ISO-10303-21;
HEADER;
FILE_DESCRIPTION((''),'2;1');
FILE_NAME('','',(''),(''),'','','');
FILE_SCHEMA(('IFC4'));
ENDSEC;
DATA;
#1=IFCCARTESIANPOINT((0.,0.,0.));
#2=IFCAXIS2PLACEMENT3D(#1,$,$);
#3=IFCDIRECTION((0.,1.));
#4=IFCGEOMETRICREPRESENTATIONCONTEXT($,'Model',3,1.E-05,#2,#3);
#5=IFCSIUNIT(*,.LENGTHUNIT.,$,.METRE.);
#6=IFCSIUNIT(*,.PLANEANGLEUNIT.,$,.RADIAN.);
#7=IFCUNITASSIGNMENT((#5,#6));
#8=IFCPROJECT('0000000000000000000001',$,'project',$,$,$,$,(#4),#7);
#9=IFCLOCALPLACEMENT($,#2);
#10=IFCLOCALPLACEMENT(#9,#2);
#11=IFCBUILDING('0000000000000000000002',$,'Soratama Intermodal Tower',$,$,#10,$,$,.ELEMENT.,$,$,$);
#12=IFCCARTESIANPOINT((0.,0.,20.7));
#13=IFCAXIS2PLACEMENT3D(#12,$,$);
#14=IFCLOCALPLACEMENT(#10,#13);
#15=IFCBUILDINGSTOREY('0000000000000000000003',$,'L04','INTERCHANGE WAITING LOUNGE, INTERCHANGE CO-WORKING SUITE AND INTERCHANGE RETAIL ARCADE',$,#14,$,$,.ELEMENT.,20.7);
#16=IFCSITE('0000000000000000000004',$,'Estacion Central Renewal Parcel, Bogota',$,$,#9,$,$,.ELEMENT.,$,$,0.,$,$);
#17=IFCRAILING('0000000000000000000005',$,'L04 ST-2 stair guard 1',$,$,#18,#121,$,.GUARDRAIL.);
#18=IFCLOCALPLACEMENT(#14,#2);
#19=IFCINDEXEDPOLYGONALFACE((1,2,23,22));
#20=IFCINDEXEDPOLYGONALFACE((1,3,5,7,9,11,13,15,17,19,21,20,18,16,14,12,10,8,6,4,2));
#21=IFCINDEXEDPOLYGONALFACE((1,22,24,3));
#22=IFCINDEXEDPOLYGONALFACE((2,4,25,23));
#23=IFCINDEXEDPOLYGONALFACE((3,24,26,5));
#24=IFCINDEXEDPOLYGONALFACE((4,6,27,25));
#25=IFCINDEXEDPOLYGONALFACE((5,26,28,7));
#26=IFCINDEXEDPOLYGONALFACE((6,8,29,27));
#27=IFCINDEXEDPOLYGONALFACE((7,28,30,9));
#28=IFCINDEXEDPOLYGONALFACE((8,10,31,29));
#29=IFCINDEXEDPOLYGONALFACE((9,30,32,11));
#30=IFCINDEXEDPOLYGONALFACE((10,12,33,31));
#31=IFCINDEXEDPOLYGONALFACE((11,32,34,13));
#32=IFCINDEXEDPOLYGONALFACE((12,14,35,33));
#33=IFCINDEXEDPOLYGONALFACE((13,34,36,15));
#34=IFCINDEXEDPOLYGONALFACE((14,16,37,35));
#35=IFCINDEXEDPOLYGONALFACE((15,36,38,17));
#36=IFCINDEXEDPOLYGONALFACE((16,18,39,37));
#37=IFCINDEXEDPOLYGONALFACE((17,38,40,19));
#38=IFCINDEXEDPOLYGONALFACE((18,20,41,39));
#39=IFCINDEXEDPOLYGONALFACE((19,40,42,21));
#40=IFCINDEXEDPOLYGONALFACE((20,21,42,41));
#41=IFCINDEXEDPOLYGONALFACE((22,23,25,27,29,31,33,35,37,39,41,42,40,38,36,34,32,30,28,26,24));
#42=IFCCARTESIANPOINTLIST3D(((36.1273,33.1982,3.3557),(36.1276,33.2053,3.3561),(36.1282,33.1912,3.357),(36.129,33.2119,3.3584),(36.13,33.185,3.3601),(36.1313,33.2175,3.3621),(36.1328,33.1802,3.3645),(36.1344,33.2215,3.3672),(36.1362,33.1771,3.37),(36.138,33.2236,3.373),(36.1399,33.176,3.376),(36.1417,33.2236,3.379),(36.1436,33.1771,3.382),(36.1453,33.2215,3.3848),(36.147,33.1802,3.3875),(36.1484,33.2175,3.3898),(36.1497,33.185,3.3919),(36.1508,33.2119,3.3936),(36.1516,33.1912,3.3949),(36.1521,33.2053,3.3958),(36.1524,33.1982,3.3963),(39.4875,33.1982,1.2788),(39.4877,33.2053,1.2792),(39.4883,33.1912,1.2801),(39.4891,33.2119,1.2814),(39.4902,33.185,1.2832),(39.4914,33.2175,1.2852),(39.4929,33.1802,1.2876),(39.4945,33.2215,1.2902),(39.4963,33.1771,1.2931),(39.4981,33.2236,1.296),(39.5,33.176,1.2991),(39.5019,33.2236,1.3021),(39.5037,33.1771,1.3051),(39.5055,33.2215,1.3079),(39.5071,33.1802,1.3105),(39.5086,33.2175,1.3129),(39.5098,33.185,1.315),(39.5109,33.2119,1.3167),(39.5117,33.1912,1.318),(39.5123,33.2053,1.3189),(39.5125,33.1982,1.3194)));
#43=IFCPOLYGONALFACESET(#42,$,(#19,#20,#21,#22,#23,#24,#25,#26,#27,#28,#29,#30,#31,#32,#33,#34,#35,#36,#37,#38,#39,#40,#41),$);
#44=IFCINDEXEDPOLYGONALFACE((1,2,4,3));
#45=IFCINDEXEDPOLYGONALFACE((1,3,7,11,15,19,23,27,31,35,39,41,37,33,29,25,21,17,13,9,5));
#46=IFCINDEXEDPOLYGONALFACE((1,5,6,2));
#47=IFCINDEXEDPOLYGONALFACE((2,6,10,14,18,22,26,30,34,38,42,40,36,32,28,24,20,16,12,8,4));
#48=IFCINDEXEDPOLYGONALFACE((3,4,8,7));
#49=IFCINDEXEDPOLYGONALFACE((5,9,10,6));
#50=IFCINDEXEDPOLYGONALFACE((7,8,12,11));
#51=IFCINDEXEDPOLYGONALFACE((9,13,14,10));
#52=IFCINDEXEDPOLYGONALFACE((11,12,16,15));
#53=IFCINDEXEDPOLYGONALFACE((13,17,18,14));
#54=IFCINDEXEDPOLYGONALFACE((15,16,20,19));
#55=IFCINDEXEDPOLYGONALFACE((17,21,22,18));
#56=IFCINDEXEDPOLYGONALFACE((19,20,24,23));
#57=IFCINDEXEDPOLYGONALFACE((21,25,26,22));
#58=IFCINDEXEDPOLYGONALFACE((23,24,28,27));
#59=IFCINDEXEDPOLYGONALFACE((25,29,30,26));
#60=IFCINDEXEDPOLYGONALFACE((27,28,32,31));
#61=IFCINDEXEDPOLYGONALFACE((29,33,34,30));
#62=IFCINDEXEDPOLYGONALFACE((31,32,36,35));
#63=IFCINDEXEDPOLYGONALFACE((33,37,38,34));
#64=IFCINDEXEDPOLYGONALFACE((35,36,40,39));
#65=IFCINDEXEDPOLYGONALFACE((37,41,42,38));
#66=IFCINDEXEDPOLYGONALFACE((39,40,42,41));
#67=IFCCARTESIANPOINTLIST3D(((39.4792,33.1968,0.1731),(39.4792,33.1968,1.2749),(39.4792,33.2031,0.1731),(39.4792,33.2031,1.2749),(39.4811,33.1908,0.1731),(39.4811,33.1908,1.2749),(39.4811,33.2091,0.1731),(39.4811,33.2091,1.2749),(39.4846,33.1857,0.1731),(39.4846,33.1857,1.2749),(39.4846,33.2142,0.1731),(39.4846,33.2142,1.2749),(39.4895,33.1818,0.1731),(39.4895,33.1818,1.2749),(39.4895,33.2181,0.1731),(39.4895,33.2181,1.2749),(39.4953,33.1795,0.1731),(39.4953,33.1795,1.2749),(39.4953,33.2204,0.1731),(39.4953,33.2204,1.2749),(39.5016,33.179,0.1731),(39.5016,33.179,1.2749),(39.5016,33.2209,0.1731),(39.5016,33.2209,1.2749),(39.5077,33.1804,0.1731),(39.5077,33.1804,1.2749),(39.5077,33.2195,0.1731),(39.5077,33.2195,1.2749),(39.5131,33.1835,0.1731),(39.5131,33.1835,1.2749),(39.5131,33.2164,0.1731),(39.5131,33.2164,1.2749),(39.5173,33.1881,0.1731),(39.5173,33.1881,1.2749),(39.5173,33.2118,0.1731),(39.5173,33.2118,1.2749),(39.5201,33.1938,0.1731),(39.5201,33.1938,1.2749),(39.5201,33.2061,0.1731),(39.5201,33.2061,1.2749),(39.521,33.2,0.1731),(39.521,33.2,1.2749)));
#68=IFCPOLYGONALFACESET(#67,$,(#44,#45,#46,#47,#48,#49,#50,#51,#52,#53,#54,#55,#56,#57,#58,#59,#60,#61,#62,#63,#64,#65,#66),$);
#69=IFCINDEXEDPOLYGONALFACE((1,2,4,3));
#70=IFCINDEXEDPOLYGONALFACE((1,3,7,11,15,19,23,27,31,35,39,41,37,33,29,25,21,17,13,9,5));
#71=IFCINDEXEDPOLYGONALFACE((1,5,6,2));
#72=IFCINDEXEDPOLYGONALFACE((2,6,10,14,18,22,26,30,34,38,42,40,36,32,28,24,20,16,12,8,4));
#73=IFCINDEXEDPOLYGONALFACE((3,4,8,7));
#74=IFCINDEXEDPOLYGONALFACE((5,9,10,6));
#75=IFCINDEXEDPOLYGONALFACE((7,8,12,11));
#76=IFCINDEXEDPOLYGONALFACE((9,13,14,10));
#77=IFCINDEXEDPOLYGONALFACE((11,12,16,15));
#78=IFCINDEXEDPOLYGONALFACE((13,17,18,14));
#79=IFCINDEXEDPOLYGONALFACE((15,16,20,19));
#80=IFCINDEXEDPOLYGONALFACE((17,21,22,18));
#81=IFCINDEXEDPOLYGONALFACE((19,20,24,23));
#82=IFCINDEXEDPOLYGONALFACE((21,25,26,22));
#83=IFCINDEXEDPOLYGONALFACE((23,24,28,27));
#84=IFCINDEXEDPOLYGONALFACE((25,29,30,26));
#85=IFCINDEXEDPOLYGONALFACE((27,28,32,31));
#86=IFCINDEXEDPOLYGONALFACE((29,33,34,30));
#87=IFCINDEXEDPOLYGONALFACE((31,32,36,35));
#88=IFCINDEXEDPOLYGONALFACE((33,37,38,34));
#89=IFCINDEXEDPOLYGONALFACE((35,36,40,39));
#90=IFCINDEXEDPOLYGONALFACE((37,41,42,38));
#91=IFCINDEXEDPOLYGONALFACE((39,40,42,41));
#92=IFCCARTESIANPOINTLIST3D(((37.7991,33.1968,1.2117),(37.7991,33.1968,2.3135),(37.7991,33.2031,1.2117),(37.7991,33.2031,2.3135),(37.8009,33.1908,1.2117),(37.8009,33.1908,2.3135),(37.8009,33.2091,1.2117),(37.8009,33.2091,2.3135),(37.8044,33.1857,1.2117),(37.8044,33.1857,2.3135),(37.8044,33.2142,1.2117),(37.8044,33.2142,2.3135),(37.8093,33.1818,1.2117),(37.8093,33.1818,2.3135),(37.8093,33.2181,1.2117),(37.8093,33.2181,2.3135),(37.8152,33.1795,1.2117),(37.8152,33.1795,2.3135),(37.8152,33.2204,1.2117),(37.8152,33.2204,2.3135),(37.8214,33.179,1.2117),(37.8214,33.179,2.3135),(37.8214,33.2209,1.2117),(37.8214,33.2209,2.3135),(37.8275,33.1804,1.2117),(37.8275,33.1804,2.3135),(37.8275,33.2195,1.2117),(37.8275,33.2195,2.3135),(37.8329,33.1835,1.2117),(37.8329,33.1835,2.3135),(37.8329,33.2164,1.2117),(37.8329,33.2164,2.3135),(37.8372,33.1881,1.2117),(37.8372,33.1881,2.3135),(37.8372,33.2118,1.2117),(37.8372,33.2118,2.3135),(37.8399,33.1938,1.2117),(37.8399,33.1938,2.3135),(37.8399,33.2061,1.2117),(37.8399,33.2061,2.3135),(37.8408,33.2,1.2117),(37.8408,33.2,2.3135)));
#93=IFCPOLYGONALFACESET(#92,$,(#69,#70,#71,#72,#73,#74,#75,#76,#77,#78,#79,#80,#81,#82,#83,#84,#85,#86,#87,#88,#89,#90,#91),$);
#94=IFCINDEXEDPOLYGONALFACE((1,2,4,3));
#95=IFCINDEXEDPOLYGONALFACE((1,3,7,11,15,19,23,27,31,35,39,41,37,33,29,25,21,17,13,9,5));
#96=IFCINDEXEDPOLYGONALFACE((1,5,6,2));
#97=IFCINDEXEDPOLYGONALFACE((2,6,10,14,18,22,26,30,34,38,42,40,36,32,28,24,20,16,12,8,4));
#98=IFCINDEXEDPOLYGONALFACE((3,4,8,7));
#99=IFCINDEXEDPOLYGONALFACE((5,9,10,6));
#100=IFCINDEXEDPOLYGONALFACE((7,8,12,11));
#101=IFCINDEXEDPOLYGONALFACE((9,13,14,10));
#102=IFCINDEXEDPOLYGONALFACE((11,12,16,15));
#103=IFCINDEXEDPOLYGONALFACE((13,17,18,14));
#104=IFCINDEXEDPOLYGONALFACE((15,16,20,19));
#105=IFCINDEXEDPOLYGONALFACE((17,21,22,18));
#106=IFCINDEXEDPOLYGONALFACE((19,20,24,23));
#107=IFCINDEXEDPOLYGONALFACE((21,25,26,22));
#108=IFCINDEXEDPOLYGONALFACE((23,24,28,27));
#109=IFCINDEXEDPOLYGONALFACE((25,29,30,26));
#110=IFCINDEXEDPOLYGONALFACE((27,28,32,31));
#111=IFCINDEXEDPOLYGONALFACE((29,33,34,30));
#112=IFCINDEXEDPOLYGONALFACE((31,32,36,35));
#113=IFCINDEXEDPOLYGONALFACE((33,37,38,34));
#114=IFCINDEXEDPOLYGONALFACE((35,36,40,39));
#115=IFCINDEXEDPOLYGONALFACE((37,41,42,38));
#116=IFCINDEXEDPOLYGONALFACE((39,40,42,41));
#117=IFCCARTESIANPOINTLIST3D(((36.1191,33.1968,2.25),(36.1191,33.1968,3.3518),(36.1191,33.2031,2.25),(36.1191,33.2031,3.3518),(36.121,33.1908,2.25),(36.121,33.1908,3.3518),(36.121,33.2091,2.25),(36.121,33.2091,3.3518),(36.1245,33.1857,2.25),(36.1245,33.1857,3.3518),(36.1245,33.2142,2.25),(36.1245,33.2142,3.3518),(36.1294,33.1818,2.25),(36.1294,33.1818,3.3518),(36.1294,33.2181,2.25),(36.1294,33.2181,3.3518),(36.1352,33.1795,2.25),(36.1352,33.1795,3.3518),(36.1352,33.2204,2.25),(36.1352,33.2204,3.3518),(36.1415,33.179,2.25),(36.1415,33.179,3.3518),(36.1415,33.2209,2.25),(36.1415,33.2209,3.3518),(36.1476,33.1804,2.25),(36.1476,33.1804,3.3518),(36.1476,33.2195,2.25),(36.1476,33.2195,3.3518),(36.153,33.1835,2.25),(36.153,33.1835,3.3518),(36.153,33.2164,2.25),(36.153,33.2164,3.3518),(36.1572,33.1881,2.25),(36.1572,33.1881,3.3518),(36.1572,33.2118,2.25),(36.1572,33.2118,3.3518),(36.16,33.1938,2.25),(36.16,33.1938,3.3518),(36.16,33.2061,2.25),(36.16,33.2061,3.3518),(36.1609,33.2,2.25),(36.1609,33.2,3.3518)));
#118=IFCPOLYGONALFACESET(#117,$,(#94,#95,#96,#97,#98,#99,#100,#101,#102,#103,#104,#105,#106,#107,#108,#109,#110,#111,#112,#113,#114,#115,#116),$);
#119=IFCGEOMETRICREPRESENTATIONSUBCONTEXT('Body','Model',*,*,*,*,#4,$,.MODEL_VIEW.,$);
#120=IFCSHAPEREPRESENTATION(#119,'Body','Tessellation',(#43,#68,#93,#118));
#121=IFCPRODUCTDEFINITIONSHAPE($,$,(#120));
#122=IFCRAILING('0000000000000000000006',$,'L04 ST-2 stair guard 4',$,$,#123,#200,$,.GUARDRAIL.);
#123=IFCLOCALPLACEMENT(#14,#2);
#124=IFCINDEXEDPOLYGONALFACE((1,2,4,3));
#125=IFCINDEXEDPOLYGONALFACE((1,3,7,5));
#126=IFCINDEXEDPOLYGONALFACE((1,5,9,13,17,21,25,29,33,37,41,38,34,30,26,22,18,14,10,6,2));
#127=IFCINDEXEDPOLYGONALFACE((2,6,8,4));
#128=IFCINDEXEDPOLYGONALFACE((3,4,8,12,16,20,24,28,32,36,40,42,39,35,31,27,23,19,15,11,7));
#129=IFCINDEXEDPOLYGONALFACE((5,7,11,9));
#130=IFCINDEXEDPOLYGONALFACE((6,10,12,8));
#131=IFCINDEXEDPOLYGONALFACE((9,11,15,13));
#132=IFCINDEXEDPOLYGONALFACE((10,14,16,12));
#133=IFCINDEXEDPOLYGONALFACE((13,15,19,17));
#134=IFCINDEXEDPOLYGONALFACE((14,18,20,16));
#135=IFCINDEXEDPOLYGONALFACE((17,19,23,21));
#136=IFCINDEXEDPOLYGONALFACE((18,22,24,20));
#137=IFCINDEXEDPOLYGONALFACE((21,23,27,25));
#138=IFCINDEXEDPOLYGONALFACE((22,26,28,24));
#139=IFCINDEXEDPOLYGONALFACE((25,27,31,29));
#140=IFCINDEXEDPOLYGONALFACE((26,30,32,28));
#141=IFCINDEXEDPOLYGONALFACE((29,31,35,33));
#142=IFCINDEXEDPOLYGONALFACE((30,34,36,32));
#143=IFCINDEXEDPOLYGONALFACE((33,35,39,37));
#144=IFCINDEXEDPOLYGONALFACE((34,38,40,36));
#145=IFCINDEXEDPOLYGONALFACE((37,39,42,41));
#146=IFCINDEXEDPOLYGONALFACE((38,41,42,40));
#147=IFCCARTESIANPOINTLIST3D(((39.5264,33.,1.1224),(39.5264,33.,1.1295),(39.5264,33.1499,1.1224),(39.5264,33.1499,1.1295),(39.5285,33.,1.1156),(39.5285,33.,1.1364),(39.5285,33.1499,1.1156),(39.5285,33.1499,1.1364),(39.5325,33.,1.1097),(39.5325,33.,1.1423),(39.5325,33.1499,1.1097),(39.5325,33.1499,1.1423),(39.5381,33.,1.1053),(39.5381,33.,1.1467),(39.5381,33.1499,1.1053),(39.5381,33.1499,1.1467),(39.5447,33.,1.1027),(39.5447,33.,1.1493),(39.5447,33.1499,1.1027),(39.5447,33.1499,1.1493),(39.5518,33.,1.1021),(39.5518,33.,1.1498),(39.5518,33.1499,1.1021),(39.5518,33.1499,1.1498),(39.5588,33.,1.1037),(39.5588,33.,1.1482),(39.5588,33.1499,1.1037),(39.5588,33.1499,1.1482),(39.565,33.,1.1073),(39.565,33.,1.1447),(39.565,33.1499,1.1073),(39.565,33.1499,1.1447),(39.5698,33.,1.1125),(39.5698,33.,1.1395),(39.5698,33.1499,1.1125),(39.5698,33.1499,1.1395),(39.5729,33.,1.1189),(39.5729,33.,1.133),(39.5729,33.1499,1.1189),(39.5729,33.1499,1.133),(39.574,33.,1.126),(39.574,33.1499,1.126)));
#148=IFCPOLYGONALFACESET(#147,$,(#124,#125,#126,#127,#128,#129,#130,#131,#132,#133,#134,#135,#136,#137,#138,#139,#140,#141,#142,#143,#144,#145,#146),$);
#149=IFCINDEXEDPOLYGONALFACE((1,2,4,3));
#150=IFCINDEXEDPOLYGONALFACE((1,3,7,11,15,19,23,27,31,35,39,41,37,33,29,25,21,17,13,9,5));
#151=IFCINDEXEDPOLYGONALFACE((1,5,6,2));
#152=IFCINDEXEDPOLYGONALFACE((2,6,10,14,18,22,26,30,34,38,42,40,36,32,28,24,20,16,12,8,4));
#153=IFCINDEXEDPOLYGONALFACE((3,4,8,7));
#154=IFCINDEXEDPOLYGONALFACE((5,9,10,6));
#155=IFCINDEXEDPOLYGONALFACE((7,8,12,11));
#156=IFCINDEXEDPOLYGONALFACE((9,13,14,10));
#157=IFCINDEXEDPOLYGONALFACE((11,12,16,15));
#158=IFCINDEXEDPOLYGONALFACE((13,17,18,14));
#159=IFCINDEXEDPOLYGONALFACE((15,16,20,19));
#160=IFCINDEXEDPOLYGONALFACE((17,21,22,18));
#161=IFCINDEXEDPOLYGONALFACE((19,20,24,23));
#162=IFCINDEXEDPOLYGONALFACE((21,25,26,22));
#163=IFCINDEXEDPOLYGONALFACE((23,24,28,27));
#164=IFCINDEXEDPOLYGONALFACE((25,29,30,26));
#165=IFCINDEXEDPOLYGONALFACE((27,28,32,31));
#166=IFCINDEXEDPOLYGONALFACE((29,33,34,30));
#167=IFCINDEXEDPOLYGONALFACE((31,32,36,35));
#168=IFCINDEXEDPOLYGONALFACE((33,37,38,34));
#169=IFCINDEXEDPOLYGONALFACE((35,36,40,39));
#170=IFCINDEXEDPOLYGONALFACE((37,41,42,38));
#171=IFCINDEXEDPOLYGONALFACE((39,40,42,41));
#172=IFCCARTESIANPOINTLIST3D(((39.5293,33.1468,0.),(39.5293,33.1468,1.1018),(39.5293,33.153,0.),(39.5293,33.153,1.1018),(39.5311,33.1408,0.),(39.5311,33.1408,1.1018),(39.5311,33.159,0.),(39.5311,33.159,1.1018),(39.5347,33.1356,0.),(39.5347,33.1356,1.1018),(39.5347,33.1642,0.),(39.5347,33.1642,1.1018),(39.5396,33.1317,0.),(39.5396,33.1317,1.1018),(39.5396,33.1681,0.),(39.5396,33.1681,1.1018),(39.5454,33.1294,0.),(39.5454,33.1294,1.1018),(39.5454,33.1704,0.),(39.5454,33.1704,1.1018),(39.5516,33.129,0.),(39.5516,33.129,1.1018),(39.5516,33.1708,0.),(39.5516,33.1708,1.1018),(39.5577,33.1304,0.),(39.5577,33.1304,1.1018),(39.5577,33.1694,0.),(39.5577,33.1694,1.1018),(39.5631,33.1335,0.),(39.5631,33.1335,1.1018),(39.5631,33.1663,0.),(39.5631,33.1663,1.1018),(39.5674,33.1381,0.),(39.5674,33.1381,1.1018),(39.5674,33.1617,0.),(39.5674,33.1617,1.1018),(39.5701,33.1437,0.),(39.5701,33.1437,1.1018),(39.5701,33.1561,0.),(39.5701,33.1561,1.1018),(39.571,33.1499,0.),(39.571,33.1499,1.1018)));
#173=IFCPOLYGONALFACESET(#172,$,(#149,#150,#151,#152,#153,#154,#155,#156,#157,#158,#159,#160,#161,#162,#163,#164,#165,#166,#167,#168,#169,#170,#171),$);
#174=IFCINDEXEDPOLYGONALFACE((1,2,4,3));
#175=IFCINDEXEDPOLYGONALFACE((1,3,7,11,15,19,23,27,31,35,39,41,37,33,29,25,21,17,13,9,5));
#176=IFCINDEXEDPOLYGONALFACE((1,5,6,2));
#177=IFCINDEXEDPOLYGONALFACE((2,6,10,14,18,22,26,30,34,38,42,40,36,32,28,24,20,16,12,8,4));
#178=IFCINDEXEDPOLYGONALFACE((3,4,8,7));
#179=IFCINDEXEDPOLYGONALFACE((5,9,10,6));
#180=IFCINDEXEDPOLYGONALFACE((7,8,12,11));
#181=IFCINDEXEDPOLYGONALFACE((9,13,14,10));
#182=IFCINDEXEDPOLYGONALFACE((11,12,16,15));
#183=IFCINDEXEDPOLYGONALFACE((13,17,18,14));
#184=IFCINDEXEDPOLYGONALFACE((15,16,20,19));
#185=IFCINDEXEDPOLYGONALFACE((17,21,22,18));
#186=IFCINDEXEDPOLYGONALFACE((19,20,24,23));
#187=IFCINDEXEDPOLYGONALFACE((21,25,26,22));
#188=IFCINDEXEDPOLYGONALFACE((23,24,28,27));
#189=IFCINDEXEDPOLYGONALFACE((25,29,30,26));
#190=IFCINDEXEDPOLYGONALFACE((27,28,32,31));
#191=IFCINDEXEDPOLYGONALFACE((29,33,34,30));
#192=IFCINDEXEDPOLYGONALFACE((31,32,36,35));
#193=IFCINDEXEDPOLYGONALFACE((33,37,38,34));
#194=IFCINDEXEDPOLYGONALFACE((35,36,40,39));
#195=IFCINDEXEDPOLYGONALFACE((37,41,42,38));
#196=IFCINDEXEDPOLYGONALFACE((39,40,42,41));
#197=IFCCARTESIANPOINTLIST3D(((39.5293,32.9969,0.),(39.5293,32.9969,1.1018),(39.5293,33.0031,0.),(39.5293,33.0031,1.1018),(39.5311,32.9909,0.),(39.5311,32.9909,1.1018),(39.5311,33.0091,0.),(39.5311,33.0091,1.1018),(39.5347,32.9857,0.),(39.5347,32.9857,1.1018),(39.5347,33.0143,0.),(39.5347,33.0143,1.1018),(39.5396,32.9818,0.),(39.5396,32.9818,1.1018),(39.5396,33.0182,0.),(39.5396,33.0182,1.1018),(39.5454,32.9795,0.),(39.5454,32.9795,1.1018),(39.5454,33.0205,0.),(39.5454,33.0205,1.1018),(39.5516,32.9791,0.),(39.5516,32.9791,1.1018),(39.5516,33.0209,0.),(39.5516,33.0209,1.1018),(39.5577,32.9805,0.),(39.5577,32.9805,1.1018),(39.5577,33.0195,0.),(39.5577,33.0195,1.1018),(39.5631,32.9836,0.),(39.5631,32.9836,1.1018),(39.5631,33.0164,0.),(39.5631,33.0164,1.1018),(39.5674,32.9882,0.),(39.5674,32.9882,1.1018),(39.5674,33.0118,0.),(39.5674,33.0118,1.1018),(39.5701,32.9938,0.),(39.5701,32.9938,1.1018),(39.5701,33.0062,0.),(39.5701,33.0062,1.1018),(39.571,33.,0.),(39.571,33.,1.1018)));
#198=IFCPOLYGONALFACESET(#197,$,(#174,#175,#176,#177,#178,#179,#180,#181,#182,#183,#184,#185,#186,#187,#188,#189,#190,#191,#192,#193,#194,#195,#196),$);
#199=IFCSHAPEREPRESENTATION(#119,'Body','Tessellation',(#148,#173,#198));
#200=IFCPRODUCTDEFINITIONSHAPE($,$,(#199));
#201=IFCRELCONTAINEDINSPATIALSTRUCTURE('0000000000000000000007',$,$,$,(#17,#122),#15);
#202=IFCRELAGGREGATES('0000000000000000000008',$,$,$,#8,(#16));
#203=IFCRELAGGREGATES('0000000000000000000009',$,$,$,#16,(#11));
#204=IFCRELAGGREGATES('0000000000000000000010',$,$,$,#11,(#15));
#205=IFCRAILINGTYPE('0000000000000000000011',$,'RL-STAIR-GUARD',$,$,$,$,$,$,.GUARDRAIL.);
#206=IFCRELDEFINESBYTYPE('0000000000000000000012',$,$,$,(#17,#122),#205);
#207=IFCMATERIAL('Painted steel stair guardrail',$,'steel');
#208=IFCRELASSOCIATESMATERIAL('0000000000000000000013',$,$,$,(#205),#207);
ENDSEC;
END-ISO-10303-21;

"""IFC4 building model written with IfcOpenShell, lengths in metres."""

from ifc_helpers import new_model, si_unit, direction, frame, origin, origin_2d, place, context, subcontext, project, spatial, circle, extrude, material, type_object, element, save


model = new_model("IFC4")

# Units and contexts
model_context = context("Model", 3, precision=1e-05, world=origin(), true_north=direction((0.0, 1.0)))
body_context = subcontext(model_context, "Body", "Model", "MODEL_VIEW")
ifc_project = project(units=[si_unit("LENGTHUNIT", "METRE"), si_unit("PLANEANGLEUNIT", "RADIAN")], contexts=[model_context])

# Site, building, storey
site_placement = place(None, origin())
site = spatial("IfcSite", under=ifc_project, at=site_placement, Name="Estacion Central Renewal Parcel, Bogota", CompositionType="ELEMENT", RefElevation=0.0)
building_placement = place(site_placement, origin())
building = spatial("IfcBuilding", under=site, at=building_placement, Name="Soratama Intermodal Tower", CompositionType="ELEMENT")
storey_placement = place(building_placement, frame((0.0, 0.0, 20.7)))
storey = spatial("IfcBuildingStorey", under=building, at=storey_placement, Name="L04", Description="INTERCHANGE WAITING LOUNGE, INTERCHANGE CO-WORKING SUITE AND INTERCHANGE RETAIL ARCADE", CompositionType="ELEMENT", Elevation=20.7)

# Railings
ifc_material_1 = material(Name="Painted steel stair guardrail", Category="steel")
railing_type_1 = type_object("IfcRailingType", Name="RL-STAIR-GUARD", PredefinedType="GUARDRAIL", material=ifc_material_1)
railing_1_placement = place(storey_placement, frame((39.5, 33.2, 0.1731)))
element("IfcRailing", 1, at=railing_1_placement, inside=storey, type_object=railing_type_1, Name="L04 ST-2 stair guard 1", PredefinedType="GUARDRAIL", context=body_context, shape_type="SweptSolid", body=[
    extrude(circle(Radius=0.0239, at=origin_2d()), frame((0.0, 0.0, 1.126), z_axis=(-0.850623, 0.0, 0.525776), x_axis=(0.0, -1.0, 0.0)), (0.0, 0.0, 1.0), 3.9502),
    extrude(circle(Radius=0.021, at=origin_2d()), origin(), (0.0, 0.0, 1.0), 1.1018),
    extrude(circle(Radius=0.021, at=origin_2d()), frame((-1.6802, 0.0, 1.0386)), (0.0, 0.0, 1.0), 1.1018),
    extrude(circle(Radius=0.021, at=origin_2d()), frame((-3.3601, 0.0, 2.0769)), (0.0, 0.0, 1.0), 1.1018),
])
railing_2_placement = place(storey_placement, frame((39.55, 33.1499, 0.0)))
element("IfcRailing", 2, at=railing_2_placement, inside=storey, type_object=railing_type_1, Name="L04 ST-2 stair guard 4", PredefinedType="GUARDRAIL", context=body_context, shape_type="SweptSolid", body=[
    extrude(circle(Radius=0.0239, at=origin_2d()), frame((0.0, 0.0, 1.126), z_axis=(0.0, -1.0, 0.0), x_axis=(1.0, 0.0, 0.0)), (0.0, 0.0, 1.0), 0.1499),
    extrude(circle(Radius=0.021, at=origin_2d()), origin(), (0.0, 0.0, 1.0), 1.1018),
    extrude(circle(Radius=0.021, at=origin_2d()), frame((0.0, -0.1499, 0.0)), (0.0, 0.0, 1.0), 1.1018),
])

save(model, "model.ifc")
